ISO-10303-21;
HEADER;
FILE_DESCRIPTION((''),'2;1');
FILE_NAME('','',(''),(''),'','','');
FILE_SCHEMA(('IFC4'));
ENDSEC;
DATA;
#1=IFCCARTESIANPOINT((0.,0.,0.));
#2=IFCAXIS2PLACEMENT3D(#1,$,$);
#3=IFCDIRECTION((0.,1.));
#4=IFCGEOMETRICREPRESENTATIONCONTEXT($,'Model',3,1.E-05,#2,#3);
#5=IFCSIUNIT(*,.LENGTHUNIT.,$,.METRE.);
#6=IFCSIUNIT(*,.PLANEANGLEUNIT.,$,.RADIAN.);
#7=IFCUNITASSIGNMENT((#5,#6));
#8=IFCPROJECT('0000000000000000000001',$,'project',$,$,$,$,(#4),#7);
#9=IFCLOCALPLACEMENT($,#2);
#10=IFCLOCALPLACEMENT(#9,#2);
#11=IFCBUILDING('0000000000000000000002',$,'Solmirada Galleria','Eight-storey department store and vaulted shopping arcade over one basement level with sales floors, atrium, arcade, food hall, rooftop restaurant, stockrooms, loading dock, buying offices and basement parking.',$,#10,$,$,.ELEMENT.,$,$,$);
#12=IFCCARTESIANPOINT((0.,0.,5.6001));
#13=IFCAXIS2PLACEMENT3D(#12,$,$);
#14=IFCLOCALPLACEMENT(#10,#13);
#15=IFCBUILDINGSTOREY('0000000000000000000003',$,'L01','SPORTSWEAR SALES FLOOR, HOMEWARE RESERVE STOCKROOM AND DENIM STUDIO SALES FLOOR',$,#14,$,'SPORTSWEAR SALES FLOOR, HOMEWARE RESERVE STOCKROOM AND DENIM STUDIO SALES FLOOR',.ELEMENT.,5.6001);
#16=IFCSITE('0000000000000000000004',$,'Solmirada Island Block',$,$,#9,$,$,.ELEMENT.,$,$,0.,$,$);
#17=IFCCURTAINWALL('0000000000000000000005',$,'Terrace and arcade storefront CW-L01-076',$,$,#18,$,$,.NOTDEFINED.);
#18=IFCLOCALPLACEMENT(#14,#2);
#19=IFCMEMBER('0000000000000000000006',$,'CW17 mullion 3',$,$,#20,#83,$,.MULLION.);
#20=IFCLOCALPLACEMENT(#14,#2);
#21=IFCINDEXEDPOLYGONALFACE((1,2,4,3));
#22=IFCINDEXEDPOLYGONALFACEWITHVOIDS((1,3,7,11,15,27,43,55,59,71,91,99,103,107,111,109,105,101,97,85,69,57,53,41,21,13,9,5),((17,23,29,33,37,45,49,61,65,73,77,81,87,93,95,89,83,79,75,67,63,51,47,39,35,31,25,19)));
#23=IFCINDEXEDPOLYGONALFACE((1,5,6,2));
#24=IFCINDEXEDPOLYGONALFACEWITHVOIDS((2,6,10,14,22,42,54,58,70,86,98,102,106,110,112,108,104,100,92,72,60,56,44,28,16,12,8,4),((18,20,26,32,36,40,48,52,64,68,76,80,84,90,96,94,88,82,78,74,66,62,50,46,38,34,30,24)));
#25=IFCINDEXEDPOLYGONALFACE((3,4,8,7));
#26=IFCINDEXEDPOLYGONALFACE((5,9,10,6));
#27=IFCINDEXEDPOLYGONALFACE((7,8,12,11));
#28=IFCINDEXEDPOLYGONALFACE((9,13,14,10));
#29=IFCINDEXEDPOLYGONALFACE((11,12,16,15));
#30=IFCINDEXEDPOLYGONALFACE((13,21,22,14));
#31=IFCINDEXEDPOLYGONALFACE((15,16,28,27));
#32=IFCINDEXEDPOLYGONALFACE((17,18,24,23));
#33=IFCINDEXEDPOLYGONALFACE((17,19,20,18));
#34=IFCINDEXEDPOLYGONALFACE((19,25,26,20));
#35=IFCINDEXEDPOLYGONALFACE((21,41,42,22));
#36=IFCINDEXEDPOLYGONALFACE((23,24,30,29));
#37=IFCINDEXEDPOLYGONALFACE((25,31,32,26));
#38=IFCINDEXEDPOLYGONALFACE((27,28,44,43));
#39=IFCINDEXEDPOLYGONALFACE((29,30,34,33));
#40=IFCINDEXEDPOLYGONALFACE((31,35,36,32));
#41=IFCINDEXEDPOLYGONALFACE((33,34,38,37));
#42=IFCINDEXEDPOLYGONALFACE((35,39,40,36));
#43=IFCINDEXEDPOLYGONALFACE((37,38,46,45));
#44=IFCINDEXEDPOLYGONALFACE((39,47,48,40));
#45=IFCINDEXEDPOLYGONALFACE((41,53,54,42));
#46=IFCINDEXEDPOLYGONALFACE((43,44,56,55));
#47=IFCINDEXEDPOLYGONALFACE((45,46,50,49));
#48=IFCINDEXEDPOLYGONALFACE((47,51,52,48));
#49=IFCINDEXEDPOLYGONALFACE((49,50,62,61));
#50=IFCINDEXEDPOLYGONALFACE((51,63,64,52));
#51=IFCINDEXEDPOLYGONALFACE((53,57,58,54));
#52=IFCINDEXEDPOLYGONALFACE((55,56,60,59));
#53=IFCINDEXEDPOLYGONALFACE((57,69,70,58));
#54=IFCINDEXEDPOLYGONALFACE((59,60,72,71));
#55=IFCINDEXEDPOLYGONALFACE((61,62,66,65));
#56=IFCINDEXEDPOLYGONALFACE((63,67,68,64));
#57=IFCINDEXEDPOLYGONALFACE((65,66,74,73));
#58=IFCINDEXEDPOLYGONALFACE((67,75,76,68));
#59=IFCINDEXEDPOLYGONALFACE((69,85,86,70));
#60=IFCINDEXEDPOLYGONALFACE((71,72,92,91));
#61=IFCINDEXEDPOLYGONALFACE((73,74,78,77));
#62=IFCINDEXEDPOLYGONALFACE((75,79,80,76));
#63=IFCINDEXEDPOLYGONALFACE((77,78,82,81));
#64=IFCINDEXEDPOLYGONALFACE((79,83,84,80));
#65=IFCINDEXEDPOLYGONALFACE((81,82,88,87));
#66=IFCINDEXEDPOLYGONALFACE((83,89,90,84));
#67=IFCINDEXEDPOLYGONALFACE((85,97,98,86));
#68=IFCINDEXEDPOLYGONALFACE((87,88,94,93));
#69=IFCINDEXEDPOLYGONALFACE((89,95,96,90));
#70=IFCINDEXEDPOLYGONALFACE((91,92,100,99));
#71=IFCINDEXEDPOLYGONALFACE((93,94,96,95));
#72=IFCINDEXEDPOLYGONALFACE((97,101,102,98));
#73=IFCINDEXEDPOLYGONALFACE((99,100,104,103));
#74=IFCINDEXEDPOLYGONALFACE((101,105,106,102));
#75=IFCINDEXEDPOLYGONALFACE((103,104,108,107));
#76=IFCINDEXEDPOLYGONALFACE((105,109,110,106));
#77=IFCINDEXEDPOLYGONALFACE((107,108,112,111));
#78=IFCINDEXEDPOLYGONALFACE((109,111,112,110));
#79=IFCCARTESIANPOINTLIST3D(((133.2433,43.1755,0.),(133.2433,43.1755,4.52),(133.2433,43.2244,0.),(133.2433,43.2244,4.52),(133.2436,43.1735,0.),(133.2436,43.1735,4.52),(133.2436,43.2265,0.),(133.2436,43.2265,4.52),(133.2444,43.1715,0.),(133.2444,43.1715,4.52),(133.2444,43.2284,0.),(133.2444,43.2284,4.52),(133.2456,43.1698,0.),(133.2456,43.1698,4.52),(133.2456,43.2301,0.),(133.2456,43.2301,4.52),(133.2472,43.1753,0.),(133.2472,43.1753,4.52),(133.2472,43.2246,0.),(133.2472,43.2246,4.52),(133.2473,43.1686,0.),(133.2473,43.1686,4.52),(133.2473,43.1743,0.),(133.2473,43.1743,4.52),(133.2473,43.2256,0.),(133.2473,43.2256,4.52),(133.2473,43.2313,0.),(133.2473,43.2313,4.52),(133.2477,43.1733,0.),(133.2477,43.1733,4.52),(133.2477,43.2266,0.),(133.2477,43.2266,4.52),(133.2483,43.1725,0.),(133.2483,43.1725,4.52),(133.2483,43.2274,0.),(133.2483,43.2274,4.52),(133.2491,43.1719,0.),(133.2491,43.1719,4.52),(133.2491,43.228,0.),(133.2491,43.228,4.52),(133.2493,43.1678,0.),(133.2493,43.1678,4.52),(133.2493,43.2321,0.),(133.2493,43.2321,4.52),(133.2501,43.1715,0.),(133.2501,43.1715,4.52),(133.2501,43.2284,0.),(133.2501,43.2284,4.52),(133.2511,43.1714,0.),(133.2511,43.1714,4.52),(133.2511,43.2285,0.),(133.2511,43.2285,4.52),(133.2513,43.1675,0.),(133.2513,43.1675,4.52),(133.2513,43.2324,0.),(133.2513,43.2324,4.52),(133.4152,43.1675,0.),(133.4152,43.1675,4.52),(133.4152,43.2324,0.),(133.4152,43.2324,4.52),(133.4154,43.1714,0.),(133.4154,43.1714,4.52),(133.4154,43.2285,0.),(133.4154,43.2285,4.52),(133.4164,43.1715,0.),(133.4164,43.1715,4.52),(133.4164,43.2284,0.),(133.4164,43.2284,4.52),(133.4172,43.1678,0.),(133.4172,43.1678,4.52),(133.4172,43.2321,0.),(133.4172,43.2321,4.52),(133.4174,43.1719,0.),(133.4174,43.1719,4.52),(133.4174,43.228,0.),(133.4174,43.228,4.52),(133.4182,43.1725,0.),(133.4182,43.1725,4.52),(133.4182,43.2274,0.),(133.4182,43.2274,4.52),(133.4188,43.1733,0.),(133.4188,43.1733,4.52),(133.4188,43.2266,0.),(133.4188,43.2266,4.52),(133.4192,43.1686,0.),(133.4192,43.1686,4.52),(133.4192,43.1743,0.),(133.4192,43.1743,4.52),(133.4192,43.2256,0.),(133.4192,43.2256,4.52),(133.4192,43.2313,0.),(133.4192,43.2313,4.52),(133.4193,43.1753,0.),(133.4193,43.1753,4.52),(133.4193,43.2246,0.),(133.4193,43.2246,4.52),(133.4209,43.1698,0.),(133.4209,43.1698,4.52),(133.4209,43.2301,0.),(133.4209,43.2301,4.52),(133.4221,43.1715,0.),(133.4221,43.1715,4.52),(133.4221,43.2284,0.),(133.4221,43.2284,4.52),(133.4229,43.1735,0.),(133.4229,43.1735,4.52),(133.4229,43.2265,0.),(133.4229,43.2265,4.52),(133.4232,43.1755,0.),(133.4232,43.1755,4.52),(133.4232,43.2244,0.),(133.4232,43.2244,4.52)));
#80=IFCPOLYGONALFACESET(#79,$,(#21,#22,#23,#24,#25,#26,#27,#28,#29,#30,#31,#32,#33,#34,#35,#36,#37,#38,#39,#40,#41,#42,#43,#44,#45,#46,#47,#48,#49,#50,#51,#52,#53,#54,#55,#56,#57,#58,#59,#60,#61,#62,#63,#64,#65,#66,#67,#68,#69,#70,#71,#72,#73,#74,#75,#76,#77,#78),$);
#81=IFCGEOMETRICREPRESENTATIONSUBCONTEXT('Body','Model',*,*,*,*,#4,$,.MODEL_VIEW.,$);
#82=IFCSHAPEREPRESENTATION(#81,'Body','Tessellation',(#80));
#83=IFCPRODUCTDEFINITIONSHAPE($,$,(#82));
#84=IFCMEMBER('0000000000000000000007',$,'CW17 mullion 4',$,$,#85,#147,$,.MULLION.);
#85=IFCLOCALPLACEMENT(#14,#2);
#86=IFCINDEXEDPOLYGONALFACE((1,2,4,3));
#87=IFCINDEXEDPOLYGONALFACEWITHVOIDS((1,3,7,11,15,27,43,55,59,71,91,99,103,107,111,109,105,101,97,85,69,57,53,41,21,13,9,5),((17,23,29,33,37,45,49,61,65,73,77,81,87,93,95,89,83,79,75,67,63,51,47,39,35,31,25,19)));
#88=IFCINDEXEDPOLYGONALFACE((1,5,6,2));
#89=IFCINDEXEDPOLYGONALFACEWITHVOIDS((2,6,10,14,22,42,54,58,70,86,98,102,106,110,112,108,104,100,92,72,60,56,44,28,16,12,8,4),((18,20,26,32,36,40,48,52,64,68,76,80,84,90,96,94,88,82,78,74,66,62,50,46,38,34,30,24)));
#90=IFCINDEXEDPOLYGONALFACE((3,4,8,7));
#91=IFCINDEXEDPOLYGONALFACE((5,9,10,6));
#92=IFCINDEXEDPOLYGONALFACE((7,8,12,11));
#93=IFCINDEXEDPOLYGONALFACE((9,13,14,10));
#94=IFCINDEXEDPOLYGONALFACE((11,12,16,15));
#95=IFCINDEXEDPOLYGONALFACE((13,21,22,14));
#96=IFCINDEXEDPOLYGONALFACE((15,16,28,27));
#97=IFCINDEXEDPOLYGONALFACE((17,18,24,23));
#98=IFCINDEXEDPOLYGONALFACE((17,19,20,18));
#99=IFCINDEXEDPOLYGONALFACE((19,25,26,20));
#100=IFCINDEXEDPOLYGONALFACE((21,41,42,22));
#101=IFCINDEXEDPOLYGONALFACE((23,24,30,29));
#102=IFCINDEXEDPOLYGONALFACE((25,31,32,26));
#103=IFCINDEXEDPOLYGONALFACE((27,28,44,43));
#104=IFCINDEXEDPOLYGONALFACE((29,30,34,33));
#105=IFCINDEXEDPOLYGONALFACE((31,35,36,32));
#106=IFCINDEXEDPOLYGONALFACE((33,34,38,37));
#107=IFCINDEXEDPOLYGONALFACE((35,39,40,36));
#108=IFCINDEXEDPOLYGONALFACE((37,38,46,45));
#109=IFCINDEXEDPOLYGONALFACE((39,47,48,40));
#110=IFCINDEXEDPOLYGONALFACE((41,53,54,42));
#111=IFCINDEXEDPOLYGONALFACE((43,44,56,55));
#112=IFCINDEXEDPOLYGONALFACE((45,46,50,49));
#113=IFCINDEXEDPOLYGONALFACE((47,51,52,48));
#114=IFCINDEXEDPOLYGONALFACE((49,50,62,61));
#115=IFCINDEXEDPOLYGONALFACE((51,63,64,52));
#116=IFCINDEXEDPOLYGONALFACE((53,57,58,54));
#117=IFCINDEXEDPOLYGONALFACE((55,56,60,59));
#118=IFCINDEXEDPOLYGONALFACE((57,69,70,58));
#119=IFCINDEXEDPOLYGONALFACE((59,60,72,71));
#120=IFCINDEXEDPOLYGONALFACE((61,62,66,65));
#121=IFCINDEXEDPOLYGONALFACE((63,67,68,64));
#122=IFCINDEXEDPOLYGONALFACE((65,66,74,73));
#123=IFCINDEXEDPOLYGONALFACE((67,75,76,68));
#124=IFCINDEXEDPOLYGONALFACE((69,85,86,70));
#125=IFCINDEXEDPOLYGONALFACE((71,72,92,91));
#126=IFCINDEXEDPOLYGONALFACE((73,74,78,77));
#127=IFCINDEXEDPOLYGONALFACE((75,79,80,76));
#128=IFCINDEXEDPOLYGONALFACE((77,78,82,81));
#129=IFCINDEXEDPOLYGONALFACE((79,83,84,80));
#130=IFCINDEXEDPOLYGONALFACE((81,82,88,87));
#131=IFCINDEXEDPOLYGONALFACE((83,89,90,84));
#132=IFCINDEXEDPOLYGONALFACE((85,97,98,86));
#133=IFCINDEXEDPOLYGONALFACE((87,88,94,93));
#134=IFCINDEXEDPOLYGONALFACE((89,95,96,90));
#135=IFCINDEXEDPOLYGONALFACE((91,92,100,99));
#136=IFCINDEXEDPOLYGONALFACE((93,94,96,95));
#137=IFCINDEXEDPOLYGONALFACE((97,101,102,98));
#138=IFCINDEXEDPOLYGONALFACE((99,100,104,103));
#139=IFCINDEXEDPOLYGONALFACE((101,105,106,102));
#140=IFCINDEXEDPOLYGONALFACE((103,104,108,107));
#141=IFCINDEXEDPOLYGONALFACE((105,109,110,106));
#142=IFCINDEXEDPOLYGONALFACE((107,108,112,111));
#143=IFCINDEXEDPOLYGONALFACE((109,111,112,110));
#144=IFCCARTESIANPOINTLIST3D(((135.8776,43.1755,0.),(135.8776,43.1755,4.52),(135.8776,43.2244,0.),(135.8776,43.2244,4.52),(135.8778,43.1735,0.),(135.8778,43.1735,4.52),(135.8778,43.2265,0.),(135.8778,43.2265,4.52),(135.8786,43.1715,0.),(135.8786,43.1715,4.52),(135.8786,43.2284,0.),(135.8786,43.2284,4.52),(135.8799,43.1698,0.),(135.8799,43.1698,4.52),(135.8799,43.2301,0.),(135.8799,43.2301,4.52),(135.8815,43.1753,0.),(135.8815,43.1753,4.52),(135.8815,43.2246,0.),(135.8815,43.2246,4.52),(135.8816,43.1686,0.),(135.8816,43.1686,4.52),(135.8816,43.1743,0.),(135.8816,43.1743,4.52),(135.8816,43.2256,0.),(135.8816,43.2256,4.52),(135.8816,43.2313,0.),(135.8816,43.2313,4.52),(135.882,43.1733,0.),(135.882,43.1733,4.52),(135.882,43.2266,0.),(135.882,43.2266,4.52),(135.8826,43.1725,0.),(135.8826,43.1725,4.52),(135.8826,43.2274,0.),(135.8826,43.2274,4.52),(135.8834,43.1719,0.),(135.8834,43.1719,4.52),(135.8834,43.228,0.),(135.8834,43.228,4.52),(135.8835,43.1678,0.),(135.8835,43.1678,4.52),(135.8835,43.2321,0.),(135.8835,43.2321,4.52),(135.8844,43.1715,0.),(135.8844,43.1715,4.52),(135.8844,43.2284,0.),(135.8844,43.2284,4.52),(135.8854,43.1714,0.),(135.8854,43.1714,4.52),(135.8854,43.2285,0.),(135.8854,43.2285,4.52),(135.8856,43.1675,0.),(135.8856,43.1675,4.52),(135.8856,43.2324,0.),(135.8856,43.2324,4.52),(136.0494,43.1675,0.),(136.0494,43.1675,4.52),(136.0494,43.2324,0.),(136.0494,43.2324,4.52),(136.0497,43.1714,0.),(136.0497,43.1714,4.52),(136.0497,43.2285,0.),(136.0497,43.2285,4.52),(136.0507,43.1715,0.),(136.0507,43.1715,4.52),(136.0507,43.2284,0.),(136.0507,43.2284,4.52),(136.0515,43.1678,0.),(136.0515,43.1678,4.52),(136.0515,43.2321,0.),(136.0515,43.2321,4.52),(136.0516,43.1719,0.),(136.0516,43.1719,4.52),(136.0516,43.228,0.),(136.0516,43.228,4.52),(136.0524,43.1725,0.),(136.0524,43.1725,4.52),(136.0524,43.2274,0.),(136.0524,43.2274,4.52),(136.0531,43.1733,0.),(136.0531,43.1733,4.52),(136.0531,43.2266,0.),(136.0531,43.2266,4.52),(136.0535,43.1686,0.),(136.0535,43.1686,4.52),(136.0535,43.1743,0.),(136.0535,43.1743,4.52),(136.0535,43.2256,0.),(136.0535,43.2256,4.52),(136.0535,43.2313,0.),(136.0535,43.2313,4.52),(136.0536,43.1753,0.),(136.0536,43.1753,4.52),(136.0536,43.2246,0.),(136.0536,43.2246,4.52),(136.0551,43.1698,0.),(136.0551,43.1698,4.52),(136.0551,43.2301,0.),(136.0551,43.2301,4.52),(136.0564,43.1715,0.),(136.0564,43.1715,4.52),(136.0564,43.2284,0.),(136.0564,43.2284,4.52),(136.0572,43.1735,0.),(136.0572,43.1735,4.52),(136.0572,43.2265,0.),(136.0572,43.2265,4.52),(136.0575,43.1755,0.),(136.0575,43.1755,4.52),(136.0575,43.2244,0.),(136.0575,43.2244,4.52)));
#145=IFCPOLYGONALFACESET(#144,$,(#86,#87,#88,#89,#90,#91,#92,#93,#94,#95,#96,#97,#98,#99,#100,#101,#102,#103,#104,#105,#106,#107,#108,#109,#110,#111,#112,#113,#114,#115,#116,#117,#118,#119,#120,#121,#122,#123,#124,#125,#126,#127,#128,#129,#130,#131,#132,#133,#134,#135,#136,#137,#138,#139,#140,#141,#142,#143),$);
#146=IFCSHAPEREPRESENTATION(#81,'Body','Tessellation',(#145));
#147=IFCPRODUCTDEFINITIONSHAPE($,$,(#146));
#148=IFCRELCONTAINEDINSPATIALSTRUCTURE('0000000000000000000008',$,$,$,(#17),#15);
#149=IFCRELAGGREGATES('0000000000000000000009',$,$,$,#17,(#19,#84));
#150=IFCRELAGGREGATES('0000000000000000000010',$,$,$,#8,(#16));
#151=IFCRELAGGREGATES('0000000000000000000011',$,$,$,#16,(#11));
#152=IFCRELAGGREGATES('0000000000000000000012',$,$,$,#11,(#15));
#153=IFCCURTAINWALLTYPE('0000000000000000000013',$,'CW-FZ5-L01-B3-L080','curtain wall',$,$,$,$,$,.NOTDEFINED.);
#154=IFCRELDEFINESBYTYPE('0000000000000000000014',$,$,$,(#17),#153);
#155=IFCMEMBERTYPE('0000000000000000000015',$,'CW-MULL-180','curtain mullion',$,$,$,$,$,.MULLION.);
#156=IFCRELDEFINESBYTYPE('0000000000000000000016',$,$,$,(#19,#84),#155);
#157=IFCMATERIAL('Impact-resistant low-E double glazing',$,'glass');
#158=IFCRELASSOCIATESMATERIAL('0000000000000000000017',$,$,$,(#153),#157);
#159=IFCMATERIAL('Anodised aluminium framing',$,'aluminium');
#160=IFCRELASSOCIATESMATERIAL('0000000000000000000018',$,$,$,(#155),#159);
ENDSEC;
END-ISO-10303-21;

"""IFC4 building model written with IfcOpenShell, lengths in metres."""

from ifc_helpers import new_model, si_unit, direction, frame, origin, origin_2d, place, context, subcontext, project, spatial, hollow_rectangle, extrude, material, material_profile, profile_set, type_object, element, aggregate, save


model = new_model("IFC4")

# Units and contexts
model_context = context("Model", 3, precision=1e-05, world=origin(), true_north=direction((0.0, 1.0)))
body_context = subcontext(model_context, "Body", "Model", "MODEL_VIEW")
ifc_project = project(units=[si_unit("LENGTHUNIT", "METRE"), si_unit("PLANEANGLEUNIT", "RADIAN")], contexts=[model_context])

# Site, building, storey
site_placement = place(None, origin())
site = spatial("IfcSite", under=ifc_project, at=site_placement, Name="Solmirada Island Block", CompositionType="ELEMENT", RefElevation=0.0)
building_placement = place(site_placement, origin())
building = spatial("IfcBuilding", under=site, at=building_placement, Name="Solmirada Galleria", Description="Eight-storey department store and vaulted shopping arcade over one basement level with sales floors, atrium, arcade, food hall, rooftop restaurant, stockrooms, loading dock, buying offices and basement parking.", CompositionType="ELEMENT")
storey_placement = place(building_placement, frame((0.0, 0.0, 5.6001)))
storey = spatial("IfcBuildingStorey", under=building, at=storey_placement, Name="L01", Description="SPORTSWEAR SALES FLOOR, HOMEWARE RESERVE STOCKROOM AND DENIM STUDIO SALES FLOOR", LongName="SPORTSWEAR SALES FLOOR, HOMEWARE RESERVE STOCKROOM AND DENIM STUDIO SALES FLOOR", CompositionType="ELEMENT", Elevation=5.6001)

# Curtain wall, members
ifc_material_1 = material(Name="Impact-resistant low-E double glazing", Category="glass")
curtain_wall_type = type_object("IfcCurtainWallType", Name="CW-FZ5-L01-B3-L080", Description="curtain wall", PredefinedType="NOTDEFINED", material=ifc_material_1)
curtain_wall_1_placement = place(storey_placement, origin())
curtain_wall_1 = element("IfcCurtainWall", 1, at=curtain_wall_1_placement, inside=storey, type_object=curtain_wall_type, Name="Terrace and arcade storefront CW-L01-076", PredefinedType="NOTDEFINED")
ifc_material_2 = material(Name="Anodised aluminium framing", Category="aluminium")
ifc_material_profile_1 = material_profile(ifc_material_2, hollow_rectangle(XDim=0.0649, YDim=0.1799, WallThickness=0.0039, InnerFilletRadius=0.0039, OuterFilletRadius=0.0081, at=origin_2d()), Name="ALU-MULL-180X65")
ifc_profile_set_1 = profile_set([ifc_material_profile_1], Name="Anodised aluminium framing")
member_type_1 = type_object("IfcMemberType", Name="CW-MULL-180", Description="curtain mullion", PredefinedType="MULLION", material=ifc_profile_set_1)
member_1_placement = place(storey_placement, frame((133.3333, 43.2, 0.0), z_axis=(0.0, 0.0, 1.0), x_axis=(0.0, 1.0, 0.0)))
member_1 = element("IfcMember", 2, at=member_1_placement, type_object=member_type_1, Name="CW17 mullion 3", PredefinedType="MULLION", context=body_context, shape_type="SweptSolid", body=[
    extrude(hollow_rectangle(XDim=0.0649, YDim=0.1799, WallThickness=0.0039, InnerFilletRadius=0.0039, OuterFilletRadius=0.0081, at=origin_2d()), origin(), (0.0, 0.0, 1.0), 4.52),
])
member_2_placement = place(storey_placement, frame((135.9675, 43.2, 0.0), z_axis=(0.0, 0.0, 1.0), x_axis=(0.0, 1.0, 0.0)))
member_2 = element("IfcMember", 3, at=member_2_placement, type_object=member_type_1, Name="CW17 mullion 4", PredefinedType="MULLION", context=body_context, shape_type="SweptSolid", body=[
    extrude(hollow_rectangle(XDim=0.0649, YDim=0.1799, WallThickness=0.0039, InnerFilletRadius=0.0039, OuterFilletRadius=0.0081, at=origin_2d()), origin(), (0.0, 0.0, 1.0), 4.52),
])

aggregate(curtain_wall_1, [member_1, member_2])

save(model, "model.ifc")
